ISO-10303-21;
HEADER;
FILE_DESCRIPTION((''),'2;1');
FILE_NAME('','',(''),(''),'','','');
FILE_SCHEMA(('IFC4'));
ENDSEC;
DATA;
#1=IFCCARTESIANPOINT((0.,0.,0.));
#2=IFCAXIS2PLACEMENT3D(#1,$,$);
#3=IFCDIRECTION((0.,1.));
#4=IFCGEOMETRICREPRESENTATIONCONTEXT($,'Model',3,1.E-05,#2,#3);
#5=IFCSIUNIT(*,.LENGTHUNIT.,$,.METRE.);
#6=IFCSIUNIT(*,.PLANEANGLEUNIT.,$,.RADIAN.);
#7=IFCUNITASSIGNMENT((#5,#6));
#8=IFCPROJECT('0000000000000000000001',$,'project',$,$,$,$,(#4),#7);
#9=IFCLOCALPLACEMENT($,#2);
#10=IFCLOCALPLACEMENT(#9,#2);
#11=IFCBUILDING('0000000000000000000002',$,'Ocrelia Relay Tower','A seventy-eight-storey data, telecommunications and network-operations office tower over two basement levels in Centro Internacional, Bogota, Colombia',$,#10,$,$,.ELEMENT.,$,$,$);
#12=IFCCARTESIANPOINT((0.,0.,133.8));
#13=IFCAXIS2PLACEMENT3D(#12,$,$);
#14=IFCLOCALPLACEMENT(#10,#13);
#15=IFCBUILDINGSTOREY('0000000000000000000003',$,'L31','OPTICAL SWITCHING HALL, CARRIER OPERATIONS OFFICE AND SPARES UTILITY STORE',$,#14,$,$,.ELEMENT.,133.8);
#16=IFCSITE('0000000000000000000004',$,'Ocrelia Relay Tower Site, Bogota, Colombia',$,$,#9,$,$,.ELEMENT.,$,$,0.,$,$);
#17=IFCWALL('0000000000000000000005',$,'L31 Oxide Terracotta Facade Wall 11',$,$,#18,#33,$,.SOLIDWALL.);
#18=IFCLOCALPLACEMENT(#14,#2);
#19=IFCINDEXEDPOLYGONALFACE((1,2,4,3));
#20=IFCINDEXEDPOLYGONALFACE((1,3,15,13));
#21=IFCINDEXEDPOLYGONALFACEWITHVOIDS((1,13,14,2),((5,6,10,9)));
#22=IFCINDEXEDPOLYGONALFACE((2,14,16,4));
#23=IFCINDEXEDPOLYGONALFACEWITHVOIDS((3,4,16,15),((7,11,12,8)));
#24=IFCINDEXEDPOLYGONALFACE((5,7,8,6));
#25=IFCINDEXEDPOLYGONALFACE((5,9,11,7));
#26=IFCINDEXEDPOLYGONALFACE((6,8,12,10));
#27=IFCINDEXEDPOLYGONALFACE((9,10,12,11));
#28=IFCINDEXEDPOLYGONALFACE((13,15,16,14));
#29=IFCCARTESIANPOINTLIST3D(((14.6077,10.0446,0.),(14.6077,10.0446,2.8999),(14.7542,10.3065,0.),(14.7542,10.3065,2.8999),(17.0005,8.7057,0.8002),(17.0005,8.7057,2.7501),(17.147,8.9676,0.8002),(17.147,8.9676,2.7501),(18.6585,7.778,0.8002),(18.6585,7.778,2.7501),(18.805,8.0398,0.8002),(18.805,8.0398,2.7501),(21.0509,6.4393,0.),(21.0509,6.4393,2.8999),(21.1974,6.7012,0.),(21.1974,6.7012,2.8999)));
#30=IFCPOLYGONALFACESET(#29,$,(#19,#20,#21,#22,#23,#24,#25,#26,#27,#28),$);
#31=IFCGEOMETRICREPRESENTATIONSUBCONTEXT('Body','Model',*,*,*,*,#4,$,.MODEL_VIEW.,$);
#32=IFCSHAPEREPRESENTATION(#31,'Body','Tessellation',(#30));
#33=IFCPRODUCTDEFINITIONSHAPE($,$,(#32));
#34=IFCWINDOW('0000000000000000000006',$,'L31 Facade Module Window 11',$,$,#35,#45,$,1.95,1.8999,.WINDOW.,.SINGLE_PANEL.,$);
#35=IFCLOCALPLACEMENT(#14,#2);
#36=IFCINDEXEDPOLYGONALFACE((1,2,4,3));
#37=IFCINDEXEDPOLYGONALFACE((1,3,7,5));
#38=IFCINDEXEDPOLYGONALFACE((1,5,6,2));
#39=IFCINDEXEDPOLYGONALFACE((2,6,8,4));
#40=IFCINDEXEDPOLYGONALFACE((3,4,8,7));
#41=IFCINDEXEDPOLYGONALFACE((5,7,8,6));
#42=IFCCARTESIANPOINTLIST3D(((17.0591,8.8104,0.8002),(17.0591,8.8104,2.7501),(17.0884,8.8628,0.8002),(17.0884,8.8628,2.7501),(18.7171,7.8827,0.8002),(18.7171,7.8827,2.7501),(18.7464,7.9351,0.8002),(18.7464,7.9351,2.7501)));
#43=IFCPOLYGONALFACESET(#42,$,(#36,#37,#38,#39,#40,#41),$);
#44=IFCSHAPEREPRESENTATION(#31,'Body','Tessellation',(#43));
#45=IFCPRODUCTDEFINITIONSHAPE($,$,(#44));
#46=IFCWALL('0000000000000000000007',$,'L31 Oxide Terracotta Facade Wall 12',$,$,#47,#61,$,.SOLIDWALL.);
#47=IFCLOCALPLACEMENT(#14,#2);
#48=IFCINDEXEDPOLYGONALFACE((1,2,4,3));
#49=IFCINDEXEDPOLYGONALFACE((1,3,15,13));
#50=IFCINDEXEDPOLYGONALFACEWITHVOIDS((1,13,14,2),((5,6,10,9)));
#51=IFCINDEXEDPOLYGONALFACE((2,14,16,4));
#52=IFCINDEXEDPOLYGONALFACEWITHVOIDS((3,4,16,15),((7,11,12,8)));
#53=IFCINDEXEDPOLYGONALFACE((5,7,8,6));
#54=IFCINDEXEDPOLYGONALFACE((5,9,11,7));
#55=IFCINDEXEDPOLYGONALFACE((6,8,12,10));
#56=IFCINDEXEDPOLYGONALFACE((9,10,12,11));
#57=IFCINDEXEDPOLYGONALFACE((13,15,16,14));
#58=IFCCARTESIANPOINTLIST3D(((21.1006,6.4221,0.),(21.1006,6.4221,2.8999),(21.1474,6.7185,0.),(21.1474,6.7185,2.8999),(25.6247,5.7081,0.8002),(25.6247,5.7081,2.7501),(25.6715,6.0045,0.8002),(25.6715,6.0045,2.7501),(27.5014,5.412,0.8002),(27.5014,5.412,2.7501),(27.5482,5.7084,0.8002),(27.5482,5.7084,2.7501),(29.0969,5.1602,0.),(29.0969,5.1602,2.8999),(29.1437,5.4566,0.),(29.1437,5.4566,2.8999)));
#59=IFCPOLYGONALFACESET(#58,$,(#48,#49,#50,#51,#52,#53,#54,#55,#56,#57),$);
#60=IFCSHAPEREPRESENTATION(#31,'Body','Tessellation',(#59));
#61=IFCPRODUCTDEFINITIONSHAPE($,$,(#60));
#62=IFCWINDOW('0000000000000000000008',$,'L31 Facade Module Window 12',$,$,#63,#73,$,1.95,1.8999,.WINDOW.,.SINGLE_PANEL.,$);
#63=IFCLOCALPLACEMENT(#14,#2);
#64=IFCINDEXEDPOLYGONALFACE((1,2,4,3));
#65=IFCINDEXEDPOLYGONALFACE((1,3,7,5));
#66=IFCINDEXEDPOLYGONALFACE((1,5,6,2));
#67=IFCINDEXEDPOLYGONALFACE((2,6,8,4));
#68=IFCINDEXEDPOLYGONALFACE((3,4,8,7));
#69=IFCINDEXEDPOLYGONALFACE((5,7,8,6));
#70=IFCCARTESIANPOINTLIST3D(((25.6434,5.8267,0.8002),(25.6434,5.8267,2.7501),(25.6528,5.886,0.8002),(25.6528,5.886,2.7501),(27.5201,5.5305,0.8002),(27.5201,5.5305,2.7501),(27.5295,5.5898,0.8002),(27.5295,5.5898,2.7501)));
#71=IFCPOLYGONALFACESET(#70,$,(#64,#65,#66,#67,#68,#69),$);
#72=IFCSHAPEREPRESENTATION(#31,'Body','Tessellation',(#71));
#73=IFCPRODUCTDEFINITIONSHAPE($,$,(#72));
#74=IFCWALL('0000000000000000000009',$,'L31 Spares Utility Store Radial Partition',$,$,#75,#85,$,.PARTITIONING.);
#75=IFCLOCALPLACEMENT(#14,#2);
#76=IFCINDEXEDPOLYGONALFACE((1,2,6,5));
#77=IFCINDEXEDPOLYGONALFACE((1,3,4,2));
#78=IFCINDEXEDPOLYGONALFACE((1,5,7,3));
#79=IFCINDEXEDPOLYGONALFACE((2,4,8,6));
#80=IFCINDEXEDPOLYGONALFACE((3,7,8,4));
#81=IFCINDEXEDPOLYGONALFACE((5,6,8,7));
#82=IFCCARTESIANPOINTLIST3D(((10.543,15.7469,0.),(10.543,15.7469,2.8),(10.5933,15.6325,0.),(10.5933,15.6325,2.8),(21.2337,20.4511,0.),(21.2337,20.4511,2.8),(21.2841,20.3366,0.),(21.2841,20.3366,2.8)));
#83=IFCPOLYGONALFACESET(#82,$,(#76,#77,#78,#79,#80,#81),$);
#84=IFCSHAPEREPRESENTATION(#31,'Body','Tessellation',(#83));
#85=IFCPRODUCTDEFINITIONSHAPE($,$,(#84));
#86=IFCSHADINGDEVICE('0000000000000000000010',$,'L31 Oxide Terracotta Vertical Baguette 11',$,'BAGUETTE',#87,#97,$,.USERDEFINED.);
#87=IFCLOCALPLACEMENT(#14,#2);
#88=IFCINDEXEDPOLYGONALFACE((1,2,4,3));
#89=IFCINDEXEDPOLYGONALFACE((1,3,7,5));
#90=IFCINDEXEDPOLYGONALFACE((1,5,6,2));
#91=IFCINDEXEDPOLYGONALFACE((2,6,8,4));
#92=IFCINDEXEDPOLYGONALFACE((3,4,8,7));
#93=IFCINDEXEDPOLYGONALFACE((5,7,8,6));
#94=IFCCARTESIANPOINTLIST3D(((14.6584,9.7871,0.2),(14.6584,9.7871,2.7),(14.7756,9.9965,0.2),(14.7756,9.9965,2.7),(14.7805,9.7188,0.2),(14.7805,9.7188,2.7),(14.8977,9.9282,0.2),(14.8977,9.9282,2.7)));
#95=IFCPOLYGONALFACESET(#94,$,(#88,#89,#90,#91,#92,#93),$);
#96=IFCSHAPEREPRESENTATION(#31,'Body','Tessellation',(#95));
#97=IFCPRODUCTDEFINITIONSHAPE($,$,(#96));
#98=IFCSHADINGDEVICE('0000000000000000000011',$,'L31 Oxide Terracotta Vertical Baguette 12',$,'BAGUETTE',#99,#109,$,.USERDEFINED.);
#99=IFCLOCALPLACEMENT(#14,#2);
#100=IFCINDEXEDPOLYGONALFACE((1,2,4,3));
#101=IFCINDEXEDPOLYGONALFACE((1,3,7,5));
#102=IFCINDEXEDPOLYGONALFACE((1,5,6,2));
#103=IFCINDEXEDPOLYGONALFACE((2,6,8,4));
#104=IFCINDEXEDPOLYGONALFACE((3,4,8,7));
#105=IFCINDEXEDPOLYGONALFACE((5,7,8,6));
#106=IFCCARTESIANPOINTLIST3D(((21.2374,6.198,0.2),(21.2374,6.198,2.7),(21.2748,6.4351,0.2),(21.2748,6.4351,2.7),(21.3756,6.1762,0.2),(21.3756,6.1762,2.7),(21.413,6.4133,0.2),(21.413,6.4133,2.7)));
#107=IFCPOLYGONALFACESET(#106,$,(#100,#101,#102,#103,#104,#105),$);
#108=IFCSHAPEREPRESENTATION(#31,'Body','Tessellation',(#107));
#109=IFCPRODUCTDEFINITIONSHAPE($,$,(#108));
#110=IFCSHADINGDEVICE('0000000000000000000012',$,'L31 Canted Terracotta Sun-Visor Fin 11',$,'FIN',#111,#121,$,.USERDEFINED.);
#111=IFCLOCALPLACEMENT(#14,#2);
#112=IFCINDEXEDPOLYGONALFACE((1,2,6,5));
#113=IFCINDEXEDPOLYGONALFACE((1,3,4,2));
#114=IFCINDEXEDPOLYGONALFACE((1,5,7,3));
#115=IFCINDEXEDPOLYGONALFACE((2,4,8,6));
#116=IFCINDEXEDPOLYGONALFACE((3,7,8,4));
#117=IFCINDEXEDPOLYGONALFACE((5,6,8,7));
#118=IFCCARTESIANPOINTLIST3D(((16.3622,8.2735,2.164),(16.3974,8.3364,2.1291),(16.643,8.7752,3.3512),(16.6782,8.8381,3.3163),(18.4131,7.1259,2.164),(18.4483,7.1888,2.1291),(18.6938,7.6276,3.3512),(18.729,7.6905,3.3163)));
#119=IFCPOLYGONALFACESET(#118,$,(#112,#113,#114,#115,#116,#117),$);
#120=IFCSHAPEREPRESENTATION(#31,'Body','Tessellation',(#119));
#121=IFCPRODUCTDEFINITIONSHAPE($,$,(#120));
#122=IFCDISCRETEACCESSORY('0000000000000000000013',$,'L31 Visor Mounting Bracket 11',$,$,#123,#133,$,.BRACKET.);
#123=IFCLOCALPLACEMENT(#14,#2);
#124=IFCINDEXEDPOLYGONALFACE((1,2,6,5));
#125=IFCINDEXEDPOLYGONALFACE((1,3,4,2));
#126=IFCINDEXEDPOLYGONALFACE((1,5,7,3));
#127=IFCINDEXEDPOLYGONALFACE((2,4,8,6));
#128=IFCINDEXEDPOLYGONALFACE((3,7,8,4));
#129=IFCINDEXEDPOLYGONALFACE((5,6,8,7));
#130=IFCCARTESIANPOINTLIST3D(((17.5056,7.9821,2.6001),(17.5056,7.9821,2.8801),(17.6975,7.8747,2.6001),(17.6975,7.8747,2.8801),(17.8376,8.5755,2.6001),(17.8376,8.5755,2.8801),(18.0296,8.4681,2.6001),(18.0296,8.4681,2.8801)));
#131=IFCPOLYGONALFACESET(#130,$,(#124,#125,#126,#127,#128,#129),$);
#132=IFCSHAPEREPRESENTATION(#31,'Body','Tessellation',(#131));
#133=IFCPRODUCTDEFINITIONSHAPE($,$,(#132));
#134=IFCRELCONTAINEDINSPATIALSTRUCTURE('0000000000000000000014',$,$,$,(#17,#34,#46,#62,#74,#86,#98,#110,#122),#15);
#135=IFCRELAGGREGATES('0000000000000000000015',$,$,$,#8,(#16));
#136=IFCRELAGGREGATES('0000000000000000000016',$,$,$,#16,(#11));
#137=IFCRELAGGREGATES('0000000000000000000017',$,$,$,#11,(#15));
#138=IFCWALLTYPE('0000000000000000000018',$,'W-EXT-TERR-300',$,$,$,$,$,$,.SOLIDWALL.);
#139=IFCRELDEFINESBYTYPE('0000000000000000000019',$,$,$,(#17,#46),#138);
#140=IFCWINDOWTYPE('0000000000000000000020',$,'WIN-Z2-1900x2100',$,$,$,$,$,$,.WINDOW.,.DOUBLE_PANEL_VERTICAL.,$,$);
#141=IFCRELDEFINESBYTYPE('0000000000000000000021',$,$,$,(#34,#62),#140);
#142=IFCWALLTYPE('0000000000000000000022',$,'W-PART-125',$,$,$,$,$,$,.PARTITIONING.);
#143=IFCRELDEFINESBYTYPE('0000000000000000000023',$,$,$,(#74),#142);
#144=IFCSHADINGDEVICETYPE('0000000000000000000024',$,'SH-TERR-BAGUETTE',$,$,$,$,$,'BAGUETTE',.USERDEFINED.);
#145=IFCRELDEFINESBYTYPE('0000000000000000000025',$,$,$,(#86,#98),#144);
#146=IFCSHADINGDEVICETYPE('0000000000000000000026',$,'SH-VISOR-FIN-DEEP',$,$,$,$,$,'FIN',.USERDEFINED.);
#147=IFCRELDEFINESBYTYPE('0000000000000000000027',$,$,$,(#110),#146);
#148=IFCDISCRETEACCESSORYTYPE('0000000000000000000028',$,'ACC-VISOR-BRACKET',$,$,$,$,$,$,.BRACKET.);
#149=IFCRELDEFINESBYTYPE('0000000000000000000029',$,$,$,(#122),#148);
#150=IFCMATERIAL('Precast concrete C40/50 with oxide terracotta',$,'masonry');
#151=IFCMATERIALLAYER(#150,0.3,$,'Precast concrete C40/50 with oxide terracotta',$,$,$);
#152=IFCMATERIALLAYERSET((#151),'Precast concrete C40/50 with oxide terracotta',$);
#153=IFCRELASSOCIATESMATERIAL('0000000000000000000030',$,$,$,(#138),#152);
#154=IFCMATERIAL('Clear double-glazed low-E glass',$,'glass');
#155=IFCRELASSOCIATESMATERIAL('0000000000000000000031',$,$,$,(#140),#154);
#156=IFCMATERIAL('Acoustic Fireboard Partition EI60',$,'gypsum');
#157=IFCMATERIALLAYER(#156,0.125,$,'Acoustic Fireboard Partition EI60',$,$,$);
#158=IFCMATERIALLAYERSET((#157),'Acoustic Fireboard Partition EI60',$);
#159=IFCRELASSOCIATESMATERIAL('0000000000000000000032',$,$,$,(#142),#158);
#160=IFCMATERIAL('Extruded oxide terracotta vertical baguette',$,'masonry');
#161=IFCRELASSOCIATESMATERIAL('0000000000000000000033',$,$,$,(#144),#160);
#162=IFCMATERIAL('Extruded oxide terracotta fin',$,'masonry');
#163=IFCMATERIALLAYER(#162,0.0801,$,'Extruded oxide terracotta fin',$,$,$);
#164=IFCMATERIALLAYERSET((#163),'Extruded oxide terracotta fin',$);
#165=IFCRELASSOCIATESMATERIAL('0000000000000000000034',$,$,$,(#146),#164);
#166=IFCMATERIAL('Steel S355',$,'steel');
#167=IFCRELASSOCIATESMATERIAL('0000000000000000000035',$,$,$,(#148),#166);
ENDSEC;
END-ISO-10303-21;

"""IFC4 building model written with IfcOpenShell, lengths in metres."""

from ifc_helpers import new_model, si_unit, direction, frame, frame_2d, origin, origin_2d, place, context, subcontext, project, spatial, rectangle, extrude, material, layer, layer_set, type_object, element, fill, save


model = new_model("IFC4")

# Units and contexts
model_context = context("Model", 3, precision=1e-05, world=origin(), true_north=direction((0.0, 1.0)))
body_context = subcontext(model_context, "Body", "Model", "MODEL_VIEW")
ifc_project = project(units=[si_unit("LENGTHUNIT", "METRE"), si_unit("PLANEANGLEUNIT", "RADIAN")], contexts=[model_context])

# Site, building, storey
site_placement = place(None, origin())
site = spatial("IfcSite", under=ifc_project, at=site_placement, Name="Ocrelia Relay Tower Site, Bogota, Colombia", CompositionType="ELEMENT", RefElevation=0.0)
building_placement = place(site_placement, origin())
building = spatial("IfcBuilding", under=site, at=building_placement, Name="Ocrelia Relay Tower", Description="A seventy-eight-storey data, telecommunications and network-operations office tower over two basement levels in Centro Internacional, Bogota, Colombia", CompositionType="ELEMENT")
storey_placement = place(building_placement, frame((0.0, 0.0, 133.8)))
storey = spatial("IfcBuildingStorey", under=building, at=storey_placement, Name="L31", Description="OPTICAL SWITCHING HALL, CARRIER OPERATIONS OFFICE AND SPARES UTILITY STORE", CompositionType="ELEMENT", Elevation=133.8)

# Shared definitions
ifc_material_1 = material(Name="Steel S355", Category="steel")

# Shared definitions
ifc_material_2 = material(Name="Clear double-glazed low-E glass", Category="glass")

# Walls, openings, windows
ifc_material_3 = material(Name="Precast concrete C40/50 with oxide terracotta", Category="masonry")
ifc_layer_1 = layer(ifc_material_3, 0.3, Name="Precast concrete C40/50 with oxide terracotta")
ifc_layer_set_1 = layer_set([ifc_layer_1], Name="Precast concrete C40/50 with oxide terracotta")
wall_type_1 = type_object("IfcWallType", Name="W-EXT-TERR-300", PredefinedType="SOLIDWALL", material=ifc_layer_set_1)
wall_1_placement = place(storey_placement, frame((14.6809, 10.1755, 0.0), z_axis=(0.0, 0.0, 1.0), x_axis=(0.872675, -0.488302, 0.0)))
wall_1 = element("IfcWall", 1, at=wall_1_placement, inside=storey, type_object=wall_type_1, Name="L31 Oxide Terracotta Facade Wall 11", PredefinedType="SOLIDWALL", context=body_context, shape_type="SweptSolid", body=[
    extrude(rectangle(XDim=7.3833, YDim=0.3, at=frame_2d((3.6917, 0.0))), origin(), (0.0, 0.0, 1.0), 2.8999),
])
opening_1_placement = place(wall_1_placement, frame((2.7419, 0.0, 0.8)))
opening_1 = element("IfcOpeningElement", 2, at=opening_1_placement, cuts=wall_1, PredefinedType="OPENING", context=body_context, shape_type="SweptSolid", body=[
    extrude(rectangle(XDim=1.8999, YDim=1.95, at=frame_2d((0.95, 0.9751))), frame((0.0, 0.1602, 0.0), z_axis=(0.0, -1.0, 0.0), x_axis=(1.0, 0.0, 0.0)), (0.0, 0.0, 1.0), 0.3201),
])
window_type = type_object("IfcWindowType", Name="WIN-Z2-1900x2100", PartitioningType="DOUBLE_PANEL_VERTICAL", PredefinedType="WINDOW", material=ifc_material_2)
window_1_placement = place(opening_1_placement, origin())
window_1 = element("IfcWindow", 3, at=window_1_placement, inside=storey, type_object=window_type, Name="L31 Facade Module Window 11", OverallHeight=1.95, OverallWidth=1.8999, PartitioningType="SINGLE_PANEL", PredefinedType="WINDOW", context=body_context, shape_type="SweptSolid", body=[
    extrude(rectangle(XDim=1.8999, YDim=1.95, at=frame_2d((0.95, 0.9751))), frame((0.0, 0.03, 0.0), z_axis=(0.0, -1.0, 0.0), x_axis=(1.0, 0.0, 0.0)), (0.0, 0.0, 1.0), 0.0601),
])
fill(opening_1, window_1)
wall_2_placement = place(storey_placement, frame((21.124, 6.5703, 0.0), z_axis=(0.0, 0.0, 1.0), x_axis=(0.987775, -0.155888, 0.0)))
wall_2 = element("IfcWall", 4, at=wall_2_placement, inside=storey, type_object=wall_type_1, Name="L31 Oxide Terracotta Facade Wall 12", PredefinedType="SOLIDWALL", context=body_context, shape_type="SweptSolid", body=[
    extrude(rectangle(XDim=8.0952, YDim=0.3, at=frame_2d((4.0476, 0.0))), origin(), (0.0, 0.0, 1.0), 2.8999),
])
opening_2_placement = place(wall_2_placement, frame((4.5801, 0.0, 0.8)))
opening_2 = element("IfcOpeningElement", 5, at=opening_2_placement, cuts=wall_2, PredefinedType="OPENING", context=body_context, shape_type="SweptSolid", body=[
    extrude(rectangle(XDim=1.8999, YDim=1.95, at=frame_2d((0.95, 0.9751))), frame((0.0, 0.1602, 0.0), z_axis=(0.0, -1.0, 0.0), x_axis=(1.0, 0.0, 0.0)), (0.0, 0.0, 1.0), 0.3201),
])
window_2_placement = place(opening_2_placement, origin())
window_2 = element("IfcWindow", 6, at=window_2_placement, inside=storey, type_object=window_type, Name="L31 Facade Module Window 12", OverallHeight=1.95, OverallWidth=1.8999, PartitioningType="SINGLE_PANEL", PredefinedType="WINDOW", context=body_context, shape_type="SweptSolid", body=[
    extrude(rectangle(XDim=1.8999, YDim=1.95, at=frame_2d((0.95, 0.9751))), frame((0.0, 0.03, 0.0), z_axis=(0.0, -1.0, 0.0), x_axis=(1.0, 0.0, 0.0)), (0.0, 0.0, 1.0), 0.0601),
])
fill(opening_2, window_2)

# Wall
ifc_material_4 = material(Name="Acoustic Fireboard Partition EI60", Category="gypsum")
ifc_layer_2 = layer(ifc_material_4, 0.125, Name="Acoustic Fireboard Partition EI60")
ifc_layer_set_2 = layer_set([ifc_layer_2], Name="Acoustic Fireboard Partition EI60")
wall_type_2 = type_object("IfcWallType", Name="W-PART-125", PredefinedType="PARTITIONING", material=ifc_layer_set_2)
wall_3_placement = place(storey_placement, frame((21.2588, 20.3938, 0.0), z_axis=(0.0, 0.0, 1.0), x_axis=(-0.915309, -0.402753, 0.0)))
element("IfcWall", 7, at=wall_3_placement, inside=storey, type_object=wall_type_2, Name="L31 Spares Utility Store Radial Partition", PredefinedType="PARTITIONING", context=body_context, shape_type="SweptSolid", body=[
    extrude(rectangle(XDim=11.6799, YDim=0.125, at=frame_2d((5.8398, 0.0))), origin(), (0.0, 0.0, 1.0), 2.8),
])

# Shading devices
ifc_material_5 = material(Name="Extruded oxide terracotta vertical baguette", Category="masonry")
shading_device_type_1 = type_object("IfcShadingDeviceType", Name="SH-TERR-BAGUETTE", ElementType="BAGUETTE", PredefinedType="USERDEFINED", material=ifc_material_5)
for number, where, z_axis, x_axis, name in (
    (8, (14.7781, 9.8577, 0.2), (0.0, 0.0, 1.0), (0.872664, -0.488321, 0.0), "L31 Oxide Terracotta Vertical Baguette 11"),
    (9, (21.3252, 6.3057, 0.2), (0.0, 0.0, 1.0), (0.987775, -0.155883, 0.0), "L31 Oxide Terracotta Vertical Baguette 12"),
):
    element("IfcShadingDevice", number, at=place(storey_placement, frame(where, z_axis=z_axis, x_axis=x_axis)), inside=storey, type_object=shading_device_type_1, Name=name, ObjectType="BAGUETTE", PredefinedType="USERDEFINED", context=body_context, shape_type="SweptSolid", body=[
        extrude(rectangle(XDim=0.1399, YDim=0.24, at=origin_2d()), origin(), (0.0, 0.0, 1.0), 2.5),
    ])
ifc_material_6 = material(Name="Extruded oxide terracotta fin", Category="masonry")
ifc_layer_3 = layer(ifc_material_6, 0.0801, Name="Extruded oxide terracotta fin")
ifc_layer_set_3 = layer_set([ifc_layer_3], Name="Extruded oxide terracotta fin")
shading_device_type_2 = type_object("IfcShadingDeviceType", Name="SH-VISOR-FIN-DEEP", ElementType="FIN", PredefinedType="USERDEFINED", material=ifc_layer_set_3)
shading_device_placement = place(storey_placement, frame((17.5632, 8.0134, 2.7227), z_axis=(-0.439496, -0.78541, 0.43586), x_axis=(0.872664, -0.488321, 0.0)))
element("IfcShadingDevice", 10, at=shading_device_placement, inside=storey, type_object=shading_device_type_2, Name="L31 Canted Terracotta Sun-Visor Fin 11", ObjectType="FIN", PredefinedType="USERDEFINED", context=body_context, shape_type="SweptSolid", body=[
    extrude(rectangle(XDim=2.3501, YDim=1.3191, at=origin_2d()), origin(), (0.0, 0.0, 1.0), 0.0801),
])

# Discrete accessory
discrete_accessory_type = type_object("IfcDiscreteAccessoryType", Name="ACC-VISOR-BRACKET", PredefinedType="BRACKET", material=ifc_material_1)
discrete_accessory_placement = place(storey_placement, frame((17.7676, 8.2251, 2.6001), z_axis=(0.0, 0.0, 1.0), x_axis=(0.872664, -0.488321, 0.0)))
element("IfcDiscreteAccessory", 11, at=discrete_accessory_placement, inside=storey, type_object=discrete_accessory_type, Name="L31 Visor Mounting Bracket 11", PredefinedType="BRACKET", context=body_context, shape_type="SweptSolid", body=[
    extrude(rectangle(XDim=0.22, YDim=0.6799, at=origin_2d()), origin(), (0.0, 0.0, 1.0), 0.28),
])

save(model, "model.ifc")
